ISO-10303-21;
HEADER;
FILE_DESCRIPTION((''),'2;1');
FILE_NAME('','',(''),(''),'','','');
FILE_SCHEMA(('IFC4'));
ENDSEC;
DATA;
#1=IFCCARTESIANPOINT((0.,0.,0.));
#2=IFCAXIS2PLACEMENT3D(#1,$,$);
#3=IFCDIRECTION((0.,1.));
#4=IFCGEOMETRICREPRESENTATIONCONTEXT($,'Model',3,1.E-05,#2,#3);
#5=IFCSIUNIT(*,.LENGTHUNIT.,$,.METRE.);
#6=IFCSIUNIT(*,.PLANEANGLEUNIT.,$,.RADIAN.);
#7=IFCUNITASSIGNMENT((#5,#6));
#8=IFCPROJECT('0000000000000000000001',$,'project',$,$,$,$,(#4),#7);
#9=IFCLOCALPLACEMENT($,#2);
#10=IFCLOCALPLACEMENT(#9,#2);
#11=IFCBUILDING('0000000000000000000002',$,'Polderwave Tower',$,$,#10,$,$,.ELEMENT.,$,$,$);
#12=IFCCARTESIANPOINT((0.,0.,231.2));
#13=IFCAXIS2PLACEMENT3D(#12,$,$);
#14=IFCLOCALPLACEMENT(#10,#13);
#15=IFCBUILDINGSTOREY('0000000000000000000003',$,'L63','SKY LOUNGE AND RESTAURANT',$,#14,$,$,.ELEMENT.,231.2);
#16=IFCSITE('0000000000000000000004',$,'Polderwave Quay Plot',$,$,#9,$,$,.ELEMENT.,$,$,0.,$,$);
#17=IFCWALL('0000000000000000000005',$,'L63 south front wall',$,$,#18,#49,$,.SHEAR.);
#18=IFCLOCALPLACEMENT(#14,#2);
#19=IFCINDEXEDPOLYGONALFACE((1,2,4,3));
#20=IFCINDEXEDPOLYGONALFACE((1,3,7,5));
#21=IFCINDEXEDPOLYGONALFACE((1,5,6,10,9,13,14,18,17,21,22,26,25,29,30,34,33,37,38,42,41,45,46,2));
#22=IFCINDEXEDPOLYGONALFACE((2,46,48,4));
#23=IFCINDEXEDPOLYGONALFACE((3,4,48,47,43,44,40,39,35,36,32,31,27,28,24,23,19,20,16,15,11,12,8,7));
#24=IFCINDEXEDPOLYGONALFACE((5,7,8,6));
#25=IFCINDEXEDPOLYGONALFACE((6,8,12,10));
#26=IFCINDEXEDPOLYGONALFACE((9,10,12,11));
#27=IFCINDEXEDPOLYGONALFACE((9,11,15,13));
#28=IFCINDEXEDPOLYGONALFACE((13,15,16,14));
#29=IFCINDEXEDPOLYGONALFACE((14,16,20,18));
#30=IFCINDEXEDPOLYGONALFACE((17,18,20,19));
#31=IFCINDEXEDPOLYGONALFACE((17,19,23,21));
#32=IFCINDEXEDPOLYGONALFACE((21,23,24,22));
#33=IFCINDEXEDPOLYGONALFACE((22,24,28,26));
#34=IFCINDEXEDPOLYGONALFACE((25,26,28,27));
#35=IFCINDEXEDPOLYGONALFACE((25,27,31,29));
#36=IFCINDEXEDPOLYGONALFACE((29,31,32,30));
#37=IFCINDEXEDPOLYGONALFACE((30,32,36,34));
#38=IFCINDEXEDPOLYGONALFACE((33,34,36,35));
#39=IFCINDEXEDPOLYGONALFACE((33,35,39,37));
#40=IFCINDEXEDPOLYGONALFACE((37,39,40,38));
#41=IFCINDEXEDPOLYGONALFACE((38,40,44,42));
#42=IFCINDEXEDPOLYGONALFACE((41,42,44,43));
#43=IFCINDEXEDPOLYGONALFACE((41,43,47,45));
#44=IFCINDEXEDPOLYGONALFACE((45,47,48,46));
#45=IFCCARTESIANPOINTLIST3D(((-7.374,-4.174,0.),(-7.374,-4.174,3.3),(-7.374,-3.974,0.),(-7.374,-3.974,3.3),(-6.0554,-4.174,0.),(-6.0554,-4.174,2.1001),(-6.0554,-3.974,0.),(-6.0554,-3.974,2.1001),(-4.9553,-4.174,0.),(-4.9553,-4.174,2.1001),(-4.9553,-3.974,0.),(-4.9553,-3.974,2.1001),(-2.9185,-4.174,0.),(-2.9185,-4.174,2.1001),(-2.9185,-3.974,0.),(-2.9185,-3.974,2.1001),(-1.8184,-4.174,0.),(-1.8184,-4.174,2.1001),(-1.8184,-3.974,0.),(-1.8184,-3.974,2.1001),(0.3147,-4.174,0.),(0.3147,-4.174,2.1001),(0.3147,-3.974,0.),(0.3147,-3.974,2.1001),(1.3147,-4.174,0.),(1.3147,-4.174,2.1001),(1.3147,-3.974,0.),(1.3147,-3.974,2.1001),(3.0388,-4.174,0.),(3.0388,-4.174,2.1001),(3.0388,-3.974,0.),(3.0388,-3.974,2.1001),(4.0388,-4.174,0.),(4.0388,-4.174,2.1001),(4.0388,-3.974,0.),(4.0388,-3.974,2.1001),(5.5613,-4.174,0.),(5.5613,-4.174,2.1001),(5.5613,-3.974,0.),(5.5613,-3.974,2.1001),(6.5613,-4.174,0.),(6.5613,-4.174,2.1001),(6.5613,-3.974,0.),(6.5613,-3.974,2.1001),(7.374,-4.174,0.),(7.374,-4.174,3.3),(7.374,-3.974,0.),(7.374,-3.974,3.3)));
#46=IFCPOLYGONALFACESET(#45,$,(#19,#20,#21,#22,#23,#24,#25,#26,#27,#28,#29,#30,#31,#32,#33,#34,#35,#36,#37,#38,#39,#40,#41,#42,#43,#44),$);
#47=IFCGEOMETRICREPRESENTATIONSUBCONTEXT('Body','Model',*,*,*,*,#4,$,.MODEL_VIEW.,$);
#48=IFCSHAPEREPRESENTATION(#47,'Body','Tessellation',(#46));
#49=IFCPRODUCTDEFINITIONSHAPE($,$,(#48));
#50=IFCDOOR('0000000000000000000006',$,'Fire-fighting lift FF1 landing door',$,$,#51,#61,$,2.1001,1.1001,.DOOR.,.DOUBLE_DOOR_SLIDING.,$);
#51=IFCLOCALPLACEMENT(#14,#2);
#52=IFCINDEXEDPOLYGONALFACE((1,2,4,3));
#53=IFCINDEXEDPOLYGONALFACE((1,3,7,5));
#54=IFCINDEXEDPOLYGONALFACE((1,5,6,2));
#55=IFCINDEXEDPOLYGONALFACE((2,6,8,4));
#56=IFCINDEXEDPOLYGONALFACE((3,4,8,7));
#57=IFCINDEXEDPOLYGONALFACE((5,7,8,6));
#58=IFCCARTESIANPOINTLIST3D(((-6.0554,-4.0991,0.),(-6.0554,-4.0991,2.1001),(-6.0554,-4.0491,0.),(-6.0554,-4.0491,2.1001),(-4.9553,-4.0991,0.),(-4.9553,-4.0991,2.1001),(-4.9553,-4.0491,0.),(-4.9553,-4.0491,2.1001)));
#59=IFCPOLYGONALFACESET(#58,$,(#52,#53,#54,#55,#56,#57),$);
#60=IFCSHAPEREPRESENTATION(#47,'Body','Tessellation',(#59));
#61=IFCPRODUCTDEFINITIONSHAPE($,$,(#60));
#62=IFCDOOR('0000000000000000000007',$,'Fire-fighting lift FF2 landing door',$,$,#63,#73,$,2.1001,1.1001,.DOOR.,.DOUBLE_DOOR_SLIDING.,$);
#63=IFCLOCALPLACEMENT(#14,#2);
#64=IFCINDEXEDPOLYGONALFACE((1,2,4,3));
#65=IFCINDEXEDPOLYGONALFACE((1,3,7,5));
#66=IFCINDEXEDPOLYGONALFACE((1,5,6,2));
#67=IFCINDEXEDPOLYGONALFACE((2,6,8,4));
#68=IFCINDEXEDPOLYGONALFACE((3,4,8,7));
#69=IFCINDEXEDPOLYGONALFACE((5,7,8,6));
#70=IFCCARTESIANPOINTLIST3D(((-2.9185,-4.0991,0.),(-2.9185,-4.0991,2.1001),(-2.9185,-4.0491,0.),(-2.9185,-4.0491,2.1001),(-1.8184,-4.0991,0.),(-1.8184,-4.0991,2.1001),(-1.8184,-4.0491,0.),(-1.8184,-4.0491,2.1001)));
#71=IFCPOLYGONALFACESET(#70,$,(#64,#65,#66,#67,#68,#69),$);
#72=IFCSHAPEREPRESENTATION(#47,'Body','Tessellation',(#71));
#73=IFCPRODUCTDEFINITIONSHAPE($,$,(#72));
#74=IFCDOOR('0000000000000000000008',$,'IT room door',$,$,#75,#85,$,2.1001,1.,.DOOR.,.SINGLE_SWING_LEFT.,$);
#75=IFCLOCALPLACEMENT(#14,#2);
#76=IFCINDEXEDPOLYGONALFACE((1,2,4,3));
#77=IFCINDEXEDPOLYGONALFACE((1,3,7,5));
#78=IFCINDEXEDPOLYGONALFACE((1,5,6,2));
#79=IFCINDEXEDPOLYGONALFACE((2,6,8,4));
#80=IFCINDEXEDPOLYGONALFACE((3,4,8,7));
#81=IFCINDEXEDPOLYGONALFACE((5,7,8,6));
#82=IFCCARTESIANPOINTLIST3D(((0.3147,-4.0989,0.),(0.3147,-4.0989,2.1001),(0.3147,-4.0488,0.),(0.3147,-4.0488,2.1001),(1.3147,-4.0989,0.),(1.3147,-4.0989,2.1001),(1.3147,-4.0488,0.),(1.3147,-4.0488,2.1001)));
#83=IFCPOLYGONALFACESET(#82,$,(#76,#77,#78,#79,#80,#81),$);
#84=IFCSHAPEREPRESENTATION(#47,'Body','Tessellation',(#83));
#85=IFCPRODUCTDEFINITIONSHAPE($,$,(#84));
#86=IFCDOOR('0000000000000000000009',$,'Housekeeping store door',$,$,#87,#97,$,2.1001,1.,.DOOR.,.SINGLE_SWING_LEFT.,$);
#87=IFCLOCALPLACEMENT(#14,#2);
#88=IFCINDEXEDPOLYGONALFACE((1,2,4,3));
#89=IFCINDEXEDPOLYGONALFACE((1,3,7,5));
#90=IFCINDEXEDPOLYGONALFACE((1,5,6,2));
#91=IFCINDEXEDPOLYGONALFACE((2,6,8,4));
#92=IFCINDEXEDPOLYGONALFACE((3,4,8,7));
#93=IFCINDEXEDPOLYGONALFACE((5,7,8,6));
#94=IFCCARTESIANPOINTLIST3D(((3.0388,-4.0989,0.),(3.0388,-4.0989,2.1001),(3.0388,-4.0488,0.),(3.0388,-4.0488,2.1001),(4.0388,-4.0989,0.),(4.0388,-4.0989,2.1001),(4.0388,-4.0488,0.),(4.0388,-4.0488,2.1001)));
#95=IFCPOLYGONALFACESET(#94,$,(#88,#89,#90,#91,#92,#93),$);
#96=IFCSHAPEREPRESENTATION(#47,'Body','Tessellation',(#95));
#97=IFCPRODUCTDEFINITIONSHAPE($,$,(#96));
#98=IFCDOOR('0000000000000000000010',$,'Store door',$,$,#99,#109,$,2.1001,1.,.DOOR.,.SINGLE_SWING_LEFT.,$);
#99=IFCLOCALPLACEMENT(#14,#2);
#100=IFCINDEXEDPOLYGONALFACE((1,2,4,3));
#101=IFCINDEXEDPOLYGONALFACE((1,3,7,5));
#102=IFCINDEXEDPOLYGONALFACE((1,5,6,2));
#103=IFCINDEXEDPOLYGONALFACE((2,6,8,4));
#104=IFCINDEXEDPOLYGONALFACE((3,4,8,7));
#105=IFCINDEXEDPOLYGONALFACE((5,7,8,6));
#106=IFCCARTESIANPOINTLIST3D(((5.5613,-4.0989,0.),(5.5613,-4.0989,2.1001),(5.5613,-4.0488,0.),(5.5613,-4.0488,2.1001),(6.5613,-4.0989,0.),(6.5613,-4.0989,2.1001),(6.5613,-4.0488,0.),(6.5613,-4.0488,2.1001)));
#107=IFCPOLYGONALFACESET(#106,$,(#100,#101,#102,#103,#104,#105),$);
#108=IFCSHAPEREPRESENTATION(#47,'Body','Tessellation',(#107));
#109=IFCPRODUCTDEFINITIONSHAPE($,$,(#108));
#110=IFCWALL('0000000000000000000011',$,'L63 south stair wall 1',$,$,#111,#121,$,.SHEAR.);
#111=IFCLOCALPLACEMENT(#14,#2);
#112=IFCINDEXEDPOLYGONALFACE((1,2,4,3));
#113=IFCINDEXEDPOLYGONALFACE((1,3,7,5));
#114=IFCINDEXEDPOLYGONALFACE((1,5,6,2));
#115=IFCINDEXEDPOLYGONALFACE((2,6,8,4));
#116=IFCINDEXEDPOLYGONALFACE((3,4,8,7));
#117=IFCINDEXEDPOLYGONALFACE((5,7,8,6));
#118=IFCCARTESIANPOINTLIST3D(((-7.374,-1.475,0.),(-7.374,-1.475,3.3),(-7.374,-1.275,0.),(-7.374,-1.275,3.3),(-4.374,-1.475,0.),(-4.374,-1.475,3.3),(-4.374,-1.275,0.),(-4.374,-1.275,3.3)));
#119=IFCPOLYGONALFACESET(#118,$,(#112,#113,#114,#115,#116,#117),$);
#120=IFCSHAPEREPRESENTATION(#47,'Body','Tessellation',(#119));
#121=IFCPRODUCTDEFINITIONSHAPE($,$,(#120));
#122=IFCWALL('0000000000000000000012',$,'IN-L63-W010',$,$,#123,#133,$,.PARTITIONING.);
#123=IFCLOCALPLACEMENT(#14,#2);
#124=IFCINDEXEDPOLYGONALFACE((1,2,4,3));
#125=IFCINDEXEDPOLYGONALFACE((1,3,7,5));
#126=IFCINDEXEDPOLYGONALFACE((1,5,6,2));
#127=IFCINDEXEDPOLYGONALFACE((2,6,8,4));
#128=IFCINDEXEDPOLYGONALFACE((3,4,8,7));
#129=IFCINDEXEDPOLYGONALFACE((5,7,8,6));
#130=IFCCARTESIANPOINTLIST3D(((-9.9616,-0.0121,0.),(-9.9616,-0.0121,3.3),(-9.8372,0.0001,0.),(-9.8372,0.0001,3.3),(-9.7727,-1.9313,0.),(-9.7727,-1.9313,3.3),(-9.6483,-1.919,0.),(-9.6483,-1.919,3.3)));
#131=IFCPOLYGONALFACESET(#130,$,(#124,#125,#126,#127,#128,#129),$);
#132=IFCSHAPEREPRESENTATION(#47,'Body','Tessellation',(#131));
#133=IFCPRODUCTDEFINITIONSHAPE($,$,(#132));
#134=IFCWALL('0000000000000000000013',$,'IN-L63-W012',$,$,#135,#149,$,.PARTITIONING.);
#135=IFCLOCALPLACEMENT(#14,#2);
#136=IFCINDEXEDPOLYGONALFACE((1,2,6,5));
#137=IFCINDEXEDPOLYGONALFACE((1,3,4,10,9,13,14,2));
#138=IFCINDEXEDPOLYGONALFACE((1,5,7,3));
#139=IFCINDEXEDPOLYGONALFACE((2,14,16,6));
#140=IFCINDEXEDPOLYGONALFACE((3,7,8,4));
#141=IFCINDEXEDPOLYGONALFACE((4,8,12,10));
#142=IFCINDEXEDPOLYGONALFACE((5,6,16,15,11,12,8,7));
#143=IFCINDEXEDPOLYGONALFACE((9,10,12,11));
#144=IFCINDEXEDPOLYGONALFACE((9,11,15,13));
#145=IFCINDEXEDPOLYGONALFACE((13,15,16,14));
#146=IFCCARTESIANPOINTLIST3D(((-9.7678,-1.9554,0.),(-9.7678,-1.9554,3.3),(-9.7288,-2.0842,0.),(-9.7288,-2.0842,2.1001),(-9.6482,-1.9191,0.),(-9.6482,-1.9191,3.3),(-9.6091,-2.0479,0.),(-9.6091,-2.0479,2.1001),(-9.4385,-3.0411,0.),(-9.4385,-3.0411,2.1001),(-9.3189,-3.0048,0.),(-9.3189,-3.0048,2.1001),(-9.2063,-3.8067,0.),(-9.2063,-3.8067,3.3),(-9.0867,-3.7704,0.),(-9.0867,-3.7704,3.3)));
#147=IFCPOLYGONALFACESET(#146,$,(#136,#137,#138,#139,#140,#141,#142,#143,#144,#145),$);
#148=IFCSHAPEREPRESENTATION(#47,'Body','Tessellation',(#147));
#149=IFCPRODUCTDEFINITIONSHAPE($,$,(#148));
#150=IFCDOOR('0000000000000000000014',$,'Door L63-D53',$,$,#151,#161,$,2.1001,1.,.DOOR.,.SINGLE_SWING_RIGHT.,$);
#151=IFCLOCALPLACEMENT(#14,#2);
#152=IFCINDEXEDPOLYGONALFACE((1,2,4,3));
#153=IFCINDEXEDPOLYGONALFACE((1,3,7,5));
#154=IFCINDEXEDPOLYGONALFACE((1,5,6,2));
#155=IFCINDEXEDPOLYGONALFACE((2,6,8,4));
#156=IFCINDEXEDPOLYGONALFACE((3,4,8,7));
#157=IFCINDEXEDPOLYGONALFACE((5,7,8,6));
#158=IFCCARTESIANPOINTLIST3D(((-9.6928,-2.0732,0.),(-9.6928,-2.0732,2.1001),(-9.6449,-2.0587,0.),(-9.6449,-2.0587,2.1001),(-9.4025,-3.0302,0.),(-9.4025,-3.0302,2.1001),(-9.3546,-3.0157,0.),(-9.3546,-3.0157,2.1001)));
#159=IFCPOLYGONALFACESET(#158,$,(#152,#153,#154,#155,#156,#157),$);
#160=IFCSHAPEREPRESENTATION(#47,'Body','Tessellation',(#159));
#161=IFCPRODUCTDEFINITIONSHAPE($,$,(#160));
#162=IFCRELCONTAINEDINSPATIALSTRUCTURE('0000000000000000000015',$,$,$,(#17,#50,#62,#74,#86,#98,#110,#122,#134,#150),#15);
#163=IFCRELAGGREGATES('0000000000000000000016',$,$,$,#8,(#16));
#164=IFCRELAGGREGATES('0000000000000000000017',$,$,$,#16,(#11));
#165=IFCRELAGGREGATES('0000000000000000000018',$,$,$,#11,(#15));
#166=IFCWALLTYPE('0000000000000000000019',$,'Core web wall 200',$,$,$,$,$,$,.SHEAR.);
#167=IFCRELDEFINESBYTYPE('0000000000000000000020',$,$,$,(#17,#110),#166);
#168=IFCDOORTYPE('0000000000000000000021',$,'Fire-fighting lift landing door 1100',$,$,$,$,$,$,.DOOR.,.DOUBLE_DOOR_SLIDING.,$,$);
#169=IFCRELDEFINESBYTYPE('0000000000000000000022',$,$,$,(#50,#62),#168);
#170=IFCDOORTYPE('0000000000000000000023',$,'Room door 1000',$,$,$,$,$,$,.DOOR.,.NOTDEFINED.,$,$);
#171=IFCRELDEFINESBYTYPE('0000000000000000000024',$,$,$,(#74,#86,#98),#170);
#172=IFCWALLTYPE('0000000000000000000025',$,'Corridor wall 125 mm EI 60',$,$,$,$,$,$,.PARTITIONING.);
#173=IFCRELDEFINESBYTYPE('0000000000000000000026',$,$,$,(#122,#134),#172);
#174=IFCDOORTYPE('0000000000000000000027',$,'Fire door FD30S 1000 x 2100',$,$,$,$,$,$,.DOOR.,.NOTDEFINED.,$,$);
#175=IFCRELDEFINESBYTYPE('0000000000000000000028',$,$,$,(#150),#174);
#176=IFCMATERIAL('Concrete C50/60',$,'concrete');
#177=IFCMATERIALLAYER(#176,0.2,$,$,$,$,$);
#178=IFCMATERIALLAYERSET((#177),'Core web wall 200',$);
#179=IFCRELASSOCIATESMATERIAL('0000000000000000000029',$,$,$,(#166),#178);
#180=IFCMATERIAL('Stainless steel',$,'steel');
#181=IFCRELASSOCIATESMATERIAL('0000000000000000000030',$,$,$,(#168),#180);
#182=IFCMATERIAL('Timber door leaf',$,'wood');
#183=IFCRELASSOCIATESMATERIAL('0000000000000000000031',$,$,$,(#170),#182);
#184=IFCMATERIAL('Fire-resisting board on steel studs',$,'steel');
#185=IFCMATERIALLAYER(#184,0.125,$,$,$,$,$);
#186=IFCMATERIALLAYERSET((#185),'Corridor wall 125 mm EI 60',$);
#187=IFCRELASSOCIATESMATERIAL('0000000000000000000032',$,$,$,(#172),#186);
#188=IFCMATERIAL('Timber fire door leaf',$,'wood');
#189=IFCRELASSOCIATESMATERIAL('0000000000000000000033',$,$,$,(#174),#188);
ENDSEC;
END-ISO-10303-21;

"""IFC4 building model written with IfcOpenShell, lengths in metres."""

from ifc_helpers import new_model, si_unit, direction, frame, frame_2d, origin, place, context, subcontext, project, spatial, rectangle, extrude, material, layer, layer_set, type_object, element, fill, save


model = new_model("IFC4")

# Units and contexts
model_context = context("Model", 3, precision=1e-05, world=origin(), true_north=direction((0.0, 1.0)))
body_context = subcontext(model_context, "Body", "Model", "MODEL_VIEW")
ifc_project = project(units=[si_unit("LENGTHUNIT", "METRE"), si_unit("PLANEANGLEUNIT", "RADIAN")], contexts=[model_context])

# Site, building, storey
site_placement = place(None, origin())
site = spatial("IfcSite", under=ifc_project, at=site_placement, Name="Polderwave Quay Plot", CompositionType="ELEMENT", RefElevation=0.0)
building_placement = place(site_placement, origin())
building = spatial("IfcBuilding", under=site, at=building_placement, Name="Polderwave Tower", CompositionType="ELEMENT")
storey_placement = place(building_placement, frame((0.0, 0.0, 231.2)))
storey = spatial("IfcBuildingStorey", under=building, at=storey_placement, Name="L63", Description="SKY LOUNGE AND RESTAURANT", CompositionType="ELEMENT", Elevation=231.2)

# Wall, openings, doors
ifc_material_1 = material(Name="Concrete C50/60", Category="concrete")
ifc_layer_1 = layer(ifc_material_1, 0.2)
ifc_layer_set_1 = layer_set([ifc_layer_1], Name="Core web wall 200")
wall_type_1 = type_object("IfcWallType", Name="Core web wall 200", PredefinedType="SHEAR", material=ifc_layer_set_1)
wall_1_placement = place(storey_placement, frame((-7.374, -4.074, 0.0), z_axis=(0.0, 0.0, 1.0), x_axis=(1.0, 0.0, 0.0)))
wall_1 = element("IfcWall", 1, at=wall_1_placement, inside=storey, type_object=wall_type_1, Name="L63 south front wall", PredefinedType="SHEAR", context=body_context, shape_type="SweptSolid", body=[
    extrude(rectangle(XDim=14.748, YDim=0.2, at=frame_2d((7.374, 0.0))), origin(), (0.0, 0.0, 1.0), 3.3),
])
opening_1_placement = place(wall_1_placement, frame((1.3186, 0.0, 0.0)))
opening_1 = element("IfcOpeningElement", 2, at=opening_1_placement, cuts=wall_1, PredefinedType="OPENING", context=body_context, shape_type="SweptSolid", body=[
    extrude(rectangle(XDim=1.1001, YDim=2.1001, at=frame_2d((0.55, 1.05))), frame((0.0, 0.1099, 0.0), z_axis=(0.0, -1.0, 0.0), x_axis=(1.0, 0.0, 0.0)), (0.0, 0.0, 1.0), 0.22),
])
opening_2_placement = place(wall_1_placement, frame((4.4556, 0.0, 0.0)))
opening_2 = element("IfcOpeningElement", 3, at=opening_2_placement, cuts=wall_1, PredefinedType="OPENING", context=body_context, shape_type="SweptSolid", body=[
    extrude(rectangle(XDim=1.1001, YDim=2.1001, at=frame_2d((0.55, 1.05))), frame((0.0, 0.1099, 0.0), z_axis=(0.0, -1.0, 0.0), x_axis=(1.0, 0.0, 0.0)), (0.0, 0.0, 1.0), 0.22),
])
opening_3_placement = place(wall_1_placement, frame((7.6887, 0.0, 0.0)))
opening_3 = element("IfcOpeningElement", 4, at=opening_3_placement, cuts=wall_1, PredefinedType="OPENING", context=body_context, shape_type="SweptSolid", body=[
    extrude(rectangle(XDim=1.0, YDim=2.1001, at=frame_2d((0.5, 1.05))), frame((0.0, 0.1099, 0.0), z_axis=(0.0, -1.0, 0.0), x_axis=(1.0, 0.0, 0.0)), (0.0, 0.0, 1.0), 0.22),
])
opening_4_placement = place(wall_1_placement, frame((10.4128, 0.0, 0.0)))
opening_4 = element("IfcOpeningElement", 5, at=opening_4_placement, cuts=wall_1, PredefinedType="OPENING", context=body_context, shape_type="SweptSolid", body=[
    extrude(rectangle(XDim=1.0, YDim=2.1001, at=frame_2d((0.5, 1.05))), frame((0.0, 0.1099, 0.0), z_axis=(0.0, -1.0, 0.0), x_axis=(1.0, 0.0, 0.0)), (0.0, 0.0, 1.0), 0.22),
])
opening_5_placement = place(wall_1_placement, frame((12.9353, 0.0, 0.0)))
opening_5 = element("IfcOpeningElement", 6, at=opening_5_placement, cuts=wall_1, PredefinedType="OPENING", context=body_context, shape_type="SweptSolid", body=[
    extrude(rectangle(XDim=1.0, YDim=2.1001, at=frame_2d((0.5, 1.05))), frame((0.0, 0.1099, 0.0), z_axis=(0.0, -1.0, 0.0), x_axis=(1.0, 0.0, 0.0)), (0.0, 0.0, 1.0), 0.22),
])
ifc_material_2 = material(Name="Stainless steel", Category="steel")
door_type_1 = type_object("IfcDoorType", Name="Fire-fighting lift landing door 1100", OperationType="DOUBLE_DOOR_SLIDING", PredefinedType="DOOR", material=ifc_material_2)
door_1_placement = place(opening_1_placement, origin())
door_1 = element("IfcDoor", 7, at=door_1_placement, inside=storey, type_object=door_type_1, Name="Fire-fighting lift FF1 landing door", OperationType="DOUBLE_DOOR_SLIDING", OverallHeight=2.1001, OverallWidth=1.1001, PredefinedType="DOOR", context=body_context, shape_type="SweptSolid", body=[
    extrude(rectangle(XDim=1.1001, YDim=2.1001, at=frame_2d((0.55, 1.05))), frame((0.0, 0.0249, 0.0), z_axis=(0.0, -1.0, 0.0), x_axis=(1.0, 0.0, 0.0)), (0.0, 0.0, 1.0), 0.05),
])
fill(opening_1, door_1)
door_2_placement = place(opening_2_placement, origin())
door_2 = element("IfcDoor", 8, at=door_2_placement, inside=storey, type_object=door_type_1, Name="Fire-fighting lift FF2 landing door", OperationType="DOUBLE_DOOR_SLIDING", OverallHeight=2.1001, OverallWidth=1.1001, PredefinedType="DOOR", context=body_context, shape_type="SweptSolid", body=[
    extrude(rectangle(XDim=1.1001, YDim=2.1001, at=frame_2d((0.55, 1.05))), frame((0.0, 0.0249, 0.0), z_axis=(0.0, -1.0, 0.0), x_axis=(1.0, 0.0, 0.0)), (0.0, 0.0, 1.0), 0.05),
])
fill(opening_2, door_2)
ifc_material_3 = material(Name="Timber door leaf", Category="wood")
door_type_2 = type_object("IfcDoorType", Name="Room door 1000", OperationType="NOTDEFINED", PredefinedType="DOOR", material=ifc_material_3)
door_3_placement = place(opening_3_placement, frame((1.0, 0.0, 0.0), z_axis=(0.0, 0.0, 1.0), x_axis=(-1.0, 0.0, 0.0)))
door_3 = element("IfcDoor", 9, at=door_3_placement, inside=storey, type_object=door_type_2, Name="IT room door", OperationType="SINGLE_SWING_LEFT", OverallHeight=2.1001, OverallWidth=1.0, PredefinedType="DOOR", context=body_context, shape_type="SweptSolid", body=[
    extrude(rectangle(XDim=1.0, YDim=2.1001, at=frame_2d((0.5, 1.05))), frame((0.0, 0.0249, 0.0), z_axis=(0.0, -1.0, 0.0), x_axis=(1.0, 0.0, 0.0)), (0.0, 0.0, 1.0), 0.05),
])
fill(opening_3, door_3)
door_4_placement = place(opening_4_placement, frame((1.0, 0.0, 0.0), z_axis=(0.0, 0.0, 1.0), x_axis=(-1.0, 0.0, 0.0)))
door_4 = element("IfcDoor", 10, at=door_4_placement, inside=storey, type_object=door_type_2, Name="Housekeeping store door", OperationType="SINGLE_SWING_LEFT", OverallHeight=2.1001, OverallWidth=1.0, PredefinedType="DOOR", context=body_context, shape_type="SweptSolid", body=[
    extrude(rectangle(XDim=1.0, YDim=2.1001, at=frame_2d((0.5, 1.05))), frame((0.0, 0.0249, 0.0), z_axis=(0.0, -1.0, 0.0), x_axis=(1.0, 0.0, 0.0)), (0.0, 0.0, 1.0), 0.05),
])
fill(opening_4, door_4)
door_5_placement = place(opening_5_placement, frame((1.0, 0.0, 0.0), z_axis=(0.0, 0.0, 1.0), x_axis=(-1.0, 0.0, 0.0)))
door_5 = element("IfcDoor", 11, at=door_5_placement, inside=storey, type_object=door_type_2, Name="Store door", OperationType="SINGLE_SWING_LEFT", OverallHeight=2.1001, OverallWidth=1.0, PredefinedType="DOOR", context=body_context, shape_type="SweptSolid", body=[
    extrude(rectangle(XDim=1.0, YDim=2.1001, at=frame_2d((0.5, 1.05))), frame((0.0, 0.0249, 0.0), z_axis=(0.0, -1.0, 0.0), x_axis=(1.0, 0.0, 0.0)), (0.0, 0.0, 1.0), 0.05),
])
fill(opening_5, door_5)

# Walls
wall_2_placement = place(storey_placement, frame((-7.374, -1.375, 0.0), z_axis=(0.0, 0.0, 1.0), x_axis=(1.0, 0.0, 0.0)))
element("IfcWall", 12, at=wall_2_placement, inside=storey, type_object=wall_type_1, Name="L63 south stair wall 1", PredefinedType="SHEAR", context=body_context, shape_type="SweptSolid", body=[
    extrude(rectangle(XDim=3.0, YDim=0.2, at=frame_2d((1.5, 0.0))), origin(), (0.0, 0.0, 1.0), 3.3),
])
ifc_material_4 = material(Name="Fire-resisting board on steel studs", Category="steel")
ifc_layer_2 = layer(ifc_material_4, 0.125)
ifc_layer_set_2 = layer_set([ifc_layer_2], Name="Corridor wall 125 mm EI 60")
wall_type_2 = type_object("IfcWallType", Name="Corridor wall 125 mm EI 60", PredefinedType="PARTITIONING", material=ifc_layer_set_2)
wall_3_placement = place(storey_placement, frame((-9.7104, -1.9253, 0.0), z_axis=(0.0, 0.0, 1.0), x_axis=(-0.097987, 0.995188, 0.0)))
element("IfcWall", 13, at=wall_3_placement, inside=storey, type_object=wall_type_2, Name="IN-L63-W010", PredefinedType="PARTITIONING", context=body_context, shape_type="SweptSolid", body=[
    extrude(rectangle(XDim=1.9285, YDim=0.125, at=frame_2d((0.9644, 0.0))), origin(), (0.0, 0.0, 1.0), 3.3),
])

# Wall, opening, door
wall_4_placement = place(storey_placement, frame((-9.1465, -3.7886, 0.0), z_axis=(0.0, 0.0, 1.0), x_axis=(-0.290253, 0.95695, 0.0)))
wall_4 = element("IfcWall", 14, at=wall_4_placement, inside=storey, type_object=wall_type_2, Name="IN-L63-W012", PredefinedType="PARTITIONING", context=body_context, shape_type="SweptSolid", body=[
    extrude(rectangle(XDim=1.9346, YDim=0.125, at=frame_2d((0.9673, 0.0))), origin(), (0.0, 0.0, 1.0), 3.3),
])
opening_6_placement = place(wall_4_placement, frame((0.8, 0.0, 0.0)))
opening_6 = element("IfcOpeningElement", 15, at=opening_6_placement, cuts=wall_4, PredefinedType="OPENING", context=body_context, shape_type="SweptSolid", body=[
    extrude(rectangle(XDim=1.0, YDim=2.1001, at=frame_2d((0.5, 1.05))), frame((0.0, 0.0725, 0.0), z_axis=(0.0, -1.0, 0.0), x_axis=(1.0, 0.0, 0.0)), (0.0, 0.0, 1.0), 0.145),
])
ifc_material_5 = material(Name="Timber fire door leaf", Category="wood")
door_type_3 = type_object("IfcDoorType", Name="Fire door FD30S 1000 x 2100", OperationType="NOTDEFINED", PredefinedType="DOOR", material=ifc_material_5)
door_6_placement = place(opening_6_placement, origin())
door_6 = element("IfcDoor", 16, at=door_6_placement, inside=storey, type_object=door_type_3, Name="Door L63-D53", OperationType="SINGLE_SWING_RIGHT", OverallHeight=2.1001, OverallWidth=1.0, PredefinedType="DOOR", context=body_context, shape_type="SweptSolid", body=[
    extrude(rectangle(XDim=1.0, YDim=2.1001, at=frame_2d((0.5, 1.05))), frame((0.0, 0.0249, 0.0), z_axis=(0.0, -1.0, 0.0), x_axis=(1.0, 0.0, 0.0)), (0.0, 0.0, 1.0), 0.05),
])
fill(opening_6, door_6)

save(model, "model.ifc")
